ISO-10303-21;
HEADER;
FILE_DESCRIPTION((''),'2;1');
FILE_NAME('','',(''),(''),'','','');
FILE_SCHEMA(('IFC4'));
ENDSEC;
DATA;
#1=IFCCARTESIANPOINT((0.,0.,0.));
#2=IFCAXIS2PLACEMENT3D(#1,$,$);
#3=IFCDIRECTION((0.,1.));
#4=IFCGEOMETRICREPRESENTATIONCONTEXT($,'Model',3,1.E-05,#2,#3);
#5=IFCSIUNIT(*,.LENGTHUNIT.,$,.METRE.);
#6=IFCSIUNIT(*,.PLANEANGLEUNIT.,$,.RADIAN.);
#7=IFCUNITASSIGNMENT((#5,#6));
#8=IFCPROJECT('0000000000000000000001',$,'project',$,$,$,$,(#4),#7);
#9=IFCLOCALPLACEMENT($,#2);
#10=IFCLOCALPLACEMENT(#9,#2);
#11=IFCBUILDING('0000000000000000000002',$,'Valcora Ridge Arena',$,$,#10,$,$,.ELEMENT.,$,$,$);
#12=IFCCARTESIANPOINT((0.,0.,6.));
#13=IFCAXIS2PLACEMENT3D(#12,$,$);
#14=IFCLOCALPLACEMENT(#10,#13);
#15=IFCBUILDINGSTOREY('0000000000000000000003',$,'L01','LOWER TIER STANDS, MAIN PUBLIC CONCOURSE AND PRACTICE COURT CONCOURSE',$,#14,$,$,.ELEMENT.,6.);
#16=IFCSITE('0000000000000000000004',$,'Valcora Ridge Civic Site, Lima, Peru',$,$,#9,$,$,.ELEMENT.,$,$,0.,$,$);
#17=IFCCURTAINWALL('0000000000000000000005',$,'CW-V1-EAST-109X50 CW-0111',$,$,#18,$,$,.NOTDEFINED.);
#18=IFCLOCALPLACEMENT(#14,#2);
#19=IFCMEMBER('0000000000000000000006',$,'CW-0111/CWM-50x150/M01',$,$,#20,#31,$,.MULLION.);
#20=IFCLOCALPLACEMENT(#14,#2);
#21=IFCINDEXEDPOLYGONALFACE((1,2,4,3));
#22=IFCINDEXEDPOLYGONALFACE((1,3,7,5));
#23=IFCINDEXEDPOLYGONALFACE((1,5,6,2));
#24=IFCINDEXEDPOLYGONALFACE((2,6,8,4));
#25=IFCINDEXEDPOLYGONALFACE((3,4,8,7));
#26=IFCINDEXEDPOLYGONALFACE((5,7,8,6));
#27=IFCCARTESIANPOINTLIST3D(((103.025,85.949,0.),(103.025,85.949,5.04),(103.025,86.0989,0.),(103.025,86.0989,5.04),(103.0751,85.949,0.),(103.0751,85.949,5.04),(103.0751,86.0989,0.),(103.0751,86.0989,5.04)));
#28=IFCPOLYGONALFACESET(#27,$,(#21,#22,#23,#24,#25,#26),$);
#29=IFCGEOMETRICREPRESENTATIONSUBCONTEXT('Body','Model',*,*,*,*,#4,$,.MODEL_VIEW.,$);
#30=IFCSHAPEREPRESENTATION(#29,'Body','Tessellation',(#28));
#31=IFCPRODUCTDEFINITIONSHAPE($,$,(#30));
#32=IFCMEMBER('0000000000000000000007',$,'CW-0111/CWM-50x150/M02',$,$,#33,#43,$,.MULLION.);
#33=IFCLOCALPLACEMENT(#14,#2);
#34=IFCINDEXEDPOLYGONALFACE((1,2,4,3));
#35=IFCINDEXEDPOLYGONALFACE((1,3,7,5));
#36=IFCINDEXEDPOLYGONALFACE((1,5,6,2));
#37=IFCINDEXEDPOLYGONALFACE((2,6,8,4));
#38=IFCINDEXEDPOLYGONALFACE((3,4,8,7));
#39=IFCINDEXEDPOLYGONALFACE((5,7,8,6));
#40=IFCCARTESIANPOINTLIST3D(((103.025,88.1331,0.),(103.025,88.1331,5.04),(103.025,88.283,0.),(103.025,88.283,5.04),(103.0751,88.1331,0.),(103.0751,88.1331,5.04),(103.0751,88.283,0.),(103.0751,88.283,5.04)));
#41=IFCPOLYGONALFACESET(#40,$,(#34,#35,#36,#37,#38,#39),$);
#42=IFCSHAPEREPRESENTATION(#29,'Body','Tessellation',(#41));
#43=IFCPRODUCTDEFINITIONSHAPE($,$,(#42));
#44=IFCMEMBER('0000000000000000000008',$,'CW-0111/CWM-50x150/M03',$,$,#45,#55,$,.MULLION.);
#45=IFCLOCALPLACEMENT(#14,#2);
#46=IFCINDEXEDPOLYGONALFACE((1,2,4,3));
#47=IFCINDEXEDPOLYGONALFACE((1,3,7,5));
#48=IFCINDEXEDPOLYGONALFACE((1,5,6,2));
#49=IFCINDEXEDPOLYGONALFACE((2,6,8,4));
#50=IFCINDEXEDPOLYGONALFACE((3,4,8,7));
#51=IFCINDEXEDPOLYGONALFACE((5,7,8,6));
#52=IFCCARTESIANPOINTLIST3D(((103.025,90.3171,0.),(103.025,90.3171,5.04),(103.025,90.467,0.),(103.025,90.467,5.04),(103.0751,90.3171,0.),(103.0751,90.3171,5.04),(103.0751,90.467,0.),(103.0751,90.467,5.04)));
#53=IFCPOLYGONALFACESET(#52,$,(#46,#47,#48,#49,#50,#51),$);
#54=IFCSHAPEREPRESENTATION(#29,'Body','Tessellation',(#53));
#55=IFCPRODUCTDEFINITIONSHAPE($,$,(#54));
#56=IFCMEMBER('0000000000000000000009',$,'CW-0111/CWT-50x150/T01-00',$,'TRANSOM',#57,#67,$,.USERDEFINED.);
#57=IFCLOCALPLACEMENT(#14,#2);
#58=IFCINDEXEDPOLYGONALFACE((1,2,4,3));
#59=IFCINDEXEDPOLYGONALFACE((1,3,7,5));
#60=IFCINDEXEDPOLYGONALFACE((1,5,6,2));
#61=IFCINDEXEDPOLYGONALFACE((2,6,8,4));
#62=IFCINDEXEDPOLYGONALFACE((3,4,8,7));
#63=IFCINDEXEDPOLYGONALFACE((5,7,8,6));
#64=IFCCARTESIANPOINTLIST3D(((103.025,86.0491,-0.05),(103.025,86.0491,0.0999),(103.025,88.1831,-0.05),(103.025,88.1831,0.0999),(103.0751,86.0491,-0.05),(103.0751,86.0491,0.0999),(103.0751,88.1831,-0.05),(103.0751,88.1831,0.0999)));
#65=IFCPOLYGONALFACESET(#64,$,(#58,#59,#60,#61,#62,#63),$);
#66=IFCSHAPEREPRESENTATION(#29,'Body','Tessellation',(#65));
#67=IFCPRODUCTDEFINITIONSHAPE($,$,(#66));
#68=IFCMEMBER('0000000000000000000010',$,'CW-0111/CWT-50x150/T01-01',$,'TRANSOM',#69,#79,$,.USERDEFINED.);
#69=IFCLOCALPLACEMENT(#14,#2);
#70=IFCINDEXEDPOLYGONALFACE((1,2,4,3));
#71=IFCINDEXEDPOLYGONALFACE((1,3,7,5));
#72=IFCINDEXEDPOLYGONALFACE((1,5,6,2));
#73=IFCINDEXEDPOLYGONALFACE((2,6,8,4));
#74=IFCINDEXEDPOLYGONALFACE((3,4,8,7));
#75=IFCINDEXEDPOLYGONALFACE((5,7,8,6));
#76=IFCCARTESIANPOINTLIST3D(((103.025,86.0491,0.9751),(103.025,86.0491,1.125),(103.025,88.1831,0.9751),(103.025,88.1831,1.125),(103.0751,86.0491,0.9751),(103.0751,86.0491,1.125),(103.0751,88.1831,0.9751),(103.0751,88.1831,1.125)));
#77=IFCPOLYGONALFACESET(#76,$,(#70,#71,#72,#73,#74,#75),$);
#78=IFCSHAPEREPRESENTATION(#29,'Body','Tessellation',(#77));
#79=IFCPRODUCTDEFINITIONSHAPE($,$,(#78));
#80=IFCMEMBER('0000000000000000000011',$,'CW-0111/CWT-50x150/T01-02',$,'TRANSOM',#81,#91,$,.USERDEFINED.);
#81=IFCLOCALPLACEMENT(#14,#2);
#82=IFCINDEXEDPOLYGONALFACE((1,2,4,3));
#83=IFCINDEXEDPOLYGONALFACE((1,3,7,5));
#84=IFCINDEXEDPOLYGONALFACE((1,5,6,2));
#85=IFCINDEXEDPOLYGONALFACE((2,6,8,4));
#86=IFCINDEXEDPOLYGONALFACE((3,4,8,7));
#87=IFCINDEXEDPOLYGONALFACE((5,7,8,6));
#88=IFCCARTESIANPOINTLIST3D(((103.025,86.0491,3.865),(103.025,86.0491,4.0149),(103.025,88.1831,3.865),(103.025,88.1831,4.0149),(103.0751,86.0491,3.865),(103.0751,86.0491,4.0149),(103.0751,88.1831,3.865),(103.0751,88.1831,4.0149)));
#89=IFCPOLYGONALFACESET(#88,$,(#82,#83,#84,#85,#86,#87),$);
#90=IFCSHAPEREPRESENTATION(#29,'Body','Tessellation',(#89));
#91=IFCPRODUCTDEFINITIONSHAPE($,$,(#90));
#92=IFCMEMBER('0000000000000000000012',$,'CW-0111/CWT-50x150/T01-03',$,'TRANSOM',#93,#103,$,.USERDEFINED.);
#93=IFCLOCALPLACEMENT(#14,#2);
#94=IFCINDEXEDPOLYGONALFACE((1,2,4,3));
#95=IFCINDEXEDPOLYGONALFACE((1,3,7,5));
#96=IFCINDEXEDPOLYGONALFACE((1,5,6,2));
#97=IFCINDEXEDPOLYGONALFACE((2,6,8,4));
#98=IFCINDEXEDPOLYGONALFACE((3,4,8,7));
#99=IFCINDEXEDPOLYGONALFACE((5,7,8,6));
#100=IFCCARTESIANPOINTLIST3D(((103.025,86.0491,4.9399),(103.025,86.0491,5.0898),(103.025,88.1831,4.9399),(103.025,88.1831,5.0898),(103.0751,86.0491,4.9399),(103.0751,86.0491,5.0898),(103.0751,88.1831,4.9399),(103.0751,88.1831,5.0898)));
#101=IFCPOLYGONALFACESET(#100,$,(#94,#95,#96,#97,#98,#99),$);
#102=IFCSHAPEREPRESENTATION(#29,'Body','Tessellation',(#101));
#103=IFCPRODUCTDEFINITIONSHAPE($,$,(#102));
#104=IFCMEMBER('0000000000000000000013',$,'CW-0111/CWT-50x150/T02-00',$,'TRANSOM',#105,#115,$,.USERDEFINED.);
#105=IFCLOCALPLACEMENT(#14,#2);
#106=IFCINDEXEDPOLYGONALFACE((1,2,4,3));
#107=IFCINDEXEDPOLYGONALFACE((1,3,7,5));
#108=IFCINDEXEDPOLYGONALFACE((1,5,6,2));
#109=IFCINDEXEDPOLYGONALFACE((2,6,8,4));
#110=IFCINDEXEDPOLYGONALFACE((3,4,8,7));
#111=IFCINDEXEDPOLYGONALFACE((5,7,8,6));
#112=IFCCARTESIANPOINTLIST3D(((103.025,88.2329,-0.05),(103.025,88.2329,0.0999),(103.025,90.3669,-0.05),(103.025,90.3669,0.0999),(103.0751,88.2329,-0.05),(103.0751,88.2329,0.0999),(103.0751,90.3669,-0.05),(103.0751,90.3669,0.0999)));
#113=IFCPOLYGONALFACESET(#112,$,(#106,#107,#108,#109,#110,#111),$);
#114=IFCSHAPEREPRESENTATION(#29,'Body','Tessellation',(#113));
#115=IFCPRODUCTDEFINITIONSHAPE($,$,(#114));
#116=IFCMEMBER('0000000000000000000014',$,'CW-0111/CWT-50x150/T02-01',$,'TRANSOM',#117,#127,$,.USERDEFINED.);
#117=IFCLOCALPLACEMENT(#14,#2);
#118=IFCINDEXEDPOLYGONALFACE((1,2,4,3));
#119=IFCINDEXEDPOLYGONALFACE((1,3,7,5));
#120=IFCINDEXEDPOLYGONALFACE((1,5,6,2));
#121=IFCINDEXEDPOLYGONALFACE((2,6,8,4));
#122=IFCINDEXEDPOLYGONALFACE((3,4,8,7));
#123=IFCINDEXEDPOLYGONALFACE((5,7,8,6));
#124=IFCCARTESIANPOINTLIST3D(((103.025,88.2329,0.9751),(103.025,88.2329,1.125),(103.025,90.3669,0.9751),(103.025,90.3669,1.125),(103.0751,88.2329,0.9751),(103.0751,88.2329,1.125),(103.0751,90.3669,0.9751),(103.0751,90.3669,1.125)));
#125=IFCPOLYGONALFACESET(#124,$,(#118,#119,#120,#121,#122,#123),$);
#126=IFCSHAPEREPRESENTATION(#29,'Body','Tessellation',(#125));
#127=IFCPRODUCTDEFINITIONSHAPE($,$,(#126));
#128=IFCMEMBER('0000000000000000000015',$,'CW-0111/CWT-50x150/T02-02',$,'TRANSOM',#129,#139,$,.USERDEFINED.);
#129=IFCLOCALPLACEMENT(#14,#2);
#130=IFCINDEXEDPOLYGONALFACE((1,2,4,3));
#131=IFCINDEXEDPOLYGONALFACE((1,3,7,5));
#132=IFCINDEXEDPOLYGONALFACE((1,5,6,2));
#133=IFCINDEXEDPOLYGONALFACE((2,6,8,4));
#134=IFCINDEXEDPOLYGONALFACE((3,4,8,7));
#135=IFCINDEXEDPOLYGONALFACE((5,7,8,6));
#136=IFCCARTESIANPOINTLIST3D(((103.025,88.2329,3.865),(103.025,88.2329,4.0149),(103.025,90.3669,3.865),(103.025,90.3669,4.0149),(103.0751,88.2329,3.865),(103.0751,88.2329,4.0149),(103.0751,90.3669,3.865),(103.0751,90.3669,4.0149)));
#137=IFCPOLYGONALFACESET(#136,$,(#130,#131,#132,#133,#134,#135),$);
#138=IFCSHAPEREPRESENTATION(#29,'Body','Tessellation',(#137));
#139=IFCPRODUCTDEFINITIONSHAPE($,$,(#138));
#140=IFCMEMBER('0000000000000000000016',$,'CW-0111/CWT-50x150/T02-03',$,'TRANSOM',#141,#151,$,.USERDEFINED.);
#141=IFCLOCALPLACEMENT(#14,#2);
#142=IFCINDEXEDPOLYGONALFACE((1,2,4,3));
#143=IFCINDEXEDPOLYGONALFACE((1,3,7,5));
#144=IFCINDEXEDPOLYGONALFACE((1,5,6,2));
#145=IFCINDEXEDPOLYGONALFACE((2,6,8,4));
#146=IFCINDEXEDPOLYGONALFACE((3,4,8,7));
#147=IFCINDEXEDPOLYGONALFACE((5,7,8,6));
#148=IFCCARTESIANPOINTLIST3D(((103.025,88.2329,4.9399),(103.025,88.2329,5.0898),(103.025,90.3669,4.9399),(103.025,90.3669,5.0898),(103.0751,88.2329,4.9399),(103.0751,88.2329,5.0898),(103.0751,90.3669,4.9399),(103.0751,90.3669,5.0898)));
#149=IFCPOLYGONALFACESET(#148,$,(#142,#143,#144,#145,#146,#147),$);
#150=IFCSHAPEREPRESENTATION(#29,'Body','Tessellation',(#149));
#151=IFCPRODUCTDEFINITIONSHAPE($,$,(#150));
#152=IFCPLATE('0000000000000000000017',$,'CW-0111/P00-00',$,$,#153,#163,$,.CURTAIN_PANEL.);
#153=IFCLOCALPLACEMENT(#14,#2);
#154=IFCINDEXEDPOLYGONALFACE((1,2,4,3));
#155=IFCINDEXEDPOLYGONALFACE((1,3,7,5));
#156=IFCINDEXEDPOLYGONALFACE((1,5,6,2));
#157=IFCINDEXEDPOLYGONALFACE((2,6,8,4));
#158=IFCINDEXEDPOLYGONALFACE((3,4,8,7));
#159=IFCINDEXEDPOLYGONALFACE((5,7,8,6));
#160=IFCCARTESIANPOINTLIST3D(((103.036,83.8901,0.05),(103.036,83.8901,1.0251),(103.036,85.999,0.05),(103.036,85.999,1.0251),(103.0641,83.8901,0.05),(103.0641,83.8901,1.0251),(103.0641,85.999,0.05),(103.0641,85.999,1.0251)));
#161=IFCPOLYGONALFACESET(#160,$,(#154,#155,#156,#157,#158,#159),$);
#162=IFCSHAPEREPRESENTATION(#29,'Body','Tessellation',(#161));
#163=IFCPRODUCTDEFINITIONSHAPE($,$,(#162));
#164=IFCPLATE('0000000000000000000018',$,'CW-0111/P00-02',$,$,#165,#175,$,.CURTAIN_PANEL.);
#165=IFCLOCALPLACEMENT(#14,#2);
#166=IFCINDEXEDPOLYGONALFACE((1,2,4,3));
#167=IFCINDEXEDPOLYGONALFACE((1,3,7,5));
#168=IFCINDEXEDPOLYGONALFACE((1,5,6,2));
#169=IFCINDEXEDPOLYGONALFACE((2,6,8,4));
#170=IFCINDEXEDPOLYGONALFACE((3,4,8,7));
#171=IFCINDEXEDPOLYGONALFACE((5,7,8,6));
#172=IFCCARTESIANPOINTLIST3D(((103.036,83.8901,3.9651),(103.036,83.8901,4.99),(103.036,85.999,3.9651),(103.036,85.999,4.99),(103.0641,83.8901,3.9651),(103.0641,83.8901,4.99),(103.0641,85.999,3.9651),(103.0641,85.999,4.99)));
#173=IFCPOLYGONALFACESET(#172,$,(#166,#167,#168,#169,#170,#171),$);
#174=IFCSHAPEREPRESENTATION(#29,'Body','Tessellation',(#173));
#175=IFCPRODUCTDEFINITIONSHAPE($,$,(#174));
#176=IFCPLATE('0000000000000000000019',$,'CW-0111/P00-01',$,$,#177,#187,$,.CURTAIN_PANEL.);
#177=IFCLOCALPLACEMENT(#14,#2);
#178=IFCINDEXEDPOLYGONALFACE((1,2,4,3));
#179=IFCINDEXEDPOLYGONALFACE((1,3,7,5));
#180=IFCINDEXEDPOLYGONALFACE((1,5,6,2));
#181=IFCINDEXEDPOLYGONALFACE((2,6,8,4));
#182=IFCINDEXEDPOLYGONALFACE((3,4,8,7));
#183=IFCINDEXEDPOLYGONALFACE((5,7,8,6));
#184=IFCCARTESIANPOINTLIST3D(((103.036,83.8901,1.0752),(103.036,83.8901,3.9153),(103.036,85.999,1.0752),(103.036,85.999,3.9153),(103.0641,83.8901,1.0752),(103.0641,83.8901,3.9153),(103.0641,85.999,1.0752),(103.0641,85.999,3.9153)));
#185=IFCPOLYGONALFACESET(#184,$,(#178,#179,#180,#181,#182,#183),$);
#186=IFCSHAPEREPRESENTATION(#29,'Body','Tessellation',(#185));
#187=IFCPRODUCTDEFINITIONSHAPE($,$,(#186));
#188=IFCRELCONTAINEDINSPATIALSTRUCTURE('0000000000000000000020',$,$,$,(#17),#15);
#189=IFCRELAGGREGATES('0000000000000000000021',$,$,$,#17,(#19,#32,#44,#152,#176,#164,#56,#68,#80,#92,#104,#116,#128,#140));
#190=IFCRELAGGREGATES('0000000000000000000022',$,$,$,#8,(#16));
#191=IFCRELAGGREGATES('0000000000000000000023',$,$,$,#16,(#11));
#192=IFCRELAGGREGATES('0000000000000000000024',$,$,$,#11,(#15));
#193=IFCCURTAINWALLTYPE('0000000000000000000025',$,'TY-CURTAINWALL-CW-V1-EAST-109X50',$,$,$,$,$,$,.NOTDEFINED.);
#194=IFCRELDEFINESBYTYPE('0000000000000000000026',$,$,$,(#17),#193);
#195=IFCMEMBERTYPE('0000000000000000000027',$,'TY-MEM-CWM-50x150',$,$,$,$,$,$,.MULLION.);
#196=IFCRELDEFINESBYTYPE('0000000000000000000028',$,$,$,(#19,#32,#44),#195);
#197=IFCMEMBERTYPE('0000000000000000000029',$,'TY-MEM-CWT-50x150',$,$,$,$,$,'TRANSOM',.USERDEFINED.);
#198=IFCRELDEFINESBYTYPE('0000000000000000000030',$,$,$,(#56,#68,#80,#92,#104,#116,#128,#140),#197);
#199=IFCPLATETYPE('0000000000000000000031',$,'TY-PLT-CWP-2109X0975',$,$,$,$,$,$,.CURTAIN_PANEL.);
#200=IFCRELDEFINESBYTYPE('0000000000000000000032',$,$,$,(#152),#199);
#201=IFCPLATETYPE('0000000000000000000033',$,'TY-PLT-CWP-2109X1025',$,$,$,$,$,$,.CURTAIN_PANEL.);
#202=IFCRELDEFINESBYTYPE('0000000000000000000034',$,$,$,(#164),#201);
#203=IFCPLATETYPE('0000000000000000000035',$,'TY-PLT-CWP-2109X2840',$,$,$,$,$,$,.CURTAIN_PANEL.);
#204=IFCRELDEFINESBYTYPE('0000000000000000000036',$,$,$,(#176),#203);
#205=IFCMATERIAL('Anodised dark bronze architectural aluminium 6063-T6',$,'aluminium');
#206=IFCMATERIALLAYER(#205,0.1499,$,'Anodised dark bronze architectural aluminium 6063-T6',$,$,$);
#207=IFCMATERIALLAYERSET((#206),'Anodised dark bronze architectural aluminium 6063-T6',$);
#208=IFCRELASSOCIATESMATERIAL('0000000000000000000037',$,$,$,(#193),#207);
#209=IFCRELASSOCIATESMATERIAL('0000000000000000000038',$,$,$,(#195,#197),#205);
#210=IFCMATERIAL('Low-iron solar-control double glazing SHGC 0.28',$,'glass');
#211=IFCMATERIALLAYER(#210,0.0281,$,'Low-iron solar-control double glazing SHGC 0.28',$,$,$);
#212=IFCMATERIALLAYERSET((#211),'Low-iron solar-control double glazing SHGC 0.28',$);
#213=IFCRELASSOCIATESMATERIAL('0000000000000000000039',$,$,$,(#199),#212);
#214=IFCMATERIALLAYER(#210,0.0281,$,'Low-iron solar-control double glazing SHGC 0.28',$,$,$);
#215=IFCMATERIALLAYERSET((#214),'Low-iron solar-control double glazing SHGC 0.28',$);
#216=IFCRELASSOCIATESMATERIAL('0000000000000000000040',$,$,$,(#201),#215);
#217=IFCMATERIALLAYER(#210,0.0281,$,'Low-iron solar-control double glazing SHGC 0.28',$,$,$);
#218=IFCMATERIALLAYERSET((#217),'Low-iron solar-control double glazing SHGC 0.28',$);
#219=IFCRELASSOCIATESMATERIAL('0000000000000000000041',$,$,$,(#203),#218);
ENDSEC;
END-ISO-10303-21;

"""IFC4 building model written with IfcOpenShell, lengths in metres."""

from ifc_helpers import new_model, si_unit, direction, frame, origin, origin_2d, place, context, subcontext, project, spatial, rectangle, extrude, material, layer, layer_set, material_profile, profile_set, type_object, element, aggregate, save


model = new_model("IFC4")

# Units and contexts
model_context = context("Model", 3, precision=1e-05, world=origin(), true_north=direction((0.0, 1.0)))
body_context = subcontext(model_context, "Body", "Model", "MODEL_VIEW")
ifc_project = project(units=[si_unit("LENGTHUNIT", "METRE"), si_unit("PLANEANGLEUNIT", "RADIAN")], contexts=[model_context])

# Site, building, storey
site_placement = place(None, origin())
site = spatial("IfcSite", under=ifc_project, at=site_placement, Name="Valcora Ridge Civic Site, Lima, Peru", CompositionType="ELEMENT", RefElevation=0.0)
building_placement = place(site_placement, origin())
building = spatial("IfcBuilding", under=site, at=building_placement, Name="Valcora Ridge Arena", CompositionType="ELEMENT")
storey_placement = place(building_placement, frame((0.0, 0.0, 6.0)))
storey = spatial("IfcBuildingStorey", under=building, at=storey_placement, Name="L01", Description="LOWER TIER STANDS, MAIN PUBLIC CONCOURSE AND PRACTICE COURT CONCOURSE", CompositionType="ELEMENT", Elevation=6.0)

# Curtain wall, members, plates
ifc_material_1 = material(Name="Anodised dark bronze architectural aluminium 6063-T6", Category="aluminium")
ifc_layer_1 = layer(ifc_material_1, 0.1499, Name="Anodised dark bronze architectural aluminium 6063-T6")
ifc_layer_set_1 = layer_set([ifc_layer_1], Name="Anodised dark bronze architectural aluminium 6063-T6")
curtain_wall_type = type_object("IfcCurtainWallType", Name="TY-CURTAINWALL-CW-V1-EAST-109X50", PredefinedType="NOTDEFINED", material=ifc_layer_set_1)
curtain_wall_placement = place(storey_placement, origin())
curtain_wall = element("IfcCurtainWall", 1, at=curtain_wall_placement, inside=storey, type_object=curtain_wall_type, Name="CW-V1-EAST-109X50 CW-0111", PredefinedType="NOTDEFINED")
ifc_material_profile_1 = material_profile(ifc_material_1, rectangle(XDim=0.05, YDim=0.1499, at=origin_2d()), Name="ALU MULLION 50x150")
ifc_profile_set_1 = profile_set([ifc_material_profile_1], Name="Anodised dark bronze architectural aluminium 6063-T6")
member_type_1 = type_object("IfcMemberType", Name="TY-MEM-CWM-50x150", PredefinedType="MULLION", material=ifc_profile_set_1)
member_1_placement = place(storey_placement, frame((103.05, 86.0239, 0.0), z_axis=(0.0, 0.0, 1.0), x_axis=(-1.0, 0.0, 0.0)))
member_1 = element("IfcMember", 2, at=member_1_placement, type_object=member_type_1, Name="CW-0111/CWM-50x150/M01", PredefinedType="MULLION", context=body_context, shape_type="SweptSolid", body=[
    extrude(rectangle(XDim=0.05, YDim=0.1499, at=origin_2d()), origin(), (0.0, 0.0, 1.0), 5.04),
])
member_2_placement = place(storey_placement, frame((103.05, 88.208, 0.0), z_axis=(0.0, 0.0, 1.0), x_axis=(-1.0, 0.0, 0.0)))
member_2 = element("IfcMember", 3, at=member_2_placement, type_object=member_type_1, Name="CW-0111/CWM-50x150/M02", PredefinedType="MULLION", context=body_context, shape_type="SweptSolid", body=[
    extrude(rectangle(XDim=0.05, YDim=0.1499, at=origin_2d()), origin(), (0.0, 0.0, 1.0), 5.04),
])
member_3_placement = place(storey_placement, frame((103.05, 90.3921, 0.0), z_axis=(0.0, 0.0, 1.0), x_axis=(-1.0, 0.0, 0.0)))
member_3 = element("IfcMember", 4, at=member_3_placement, type_object=member_type_1, Name="CW-0111/CWM-50x150/M03", PredefinedType="MULLION", context=body_context, shape_type="SweptSolid", body=[
    extrude(rectangle(XDim=0.05, YDim=0.1499, at=origin_2d()), origin(), (0.0, 0.0, 1.0), 5.04),
])
ifc_material_profile_2 = material_profile(ifc_material_1, rectangle(XDim=0.05, YDim=0.1499, at=origin_2d()), Name="ALU TRANSOM 50x150")
ifc_profile_set_2 = profile_set([ifc_material_profile_2], Name="Anodised dark bronze architectural aluminium 6063-T6")
member_type_2 = type_object("IfcMemberType", Name="TY-MEM-CWT-50x150", ElementType="TRANSOM", PredefinedType="USERDEFINED", material=ifc_profile_set_2)
member_4_placement = place(storey_placement, frame((103.05, 86.0491, 0.0249), z_axis=(0.0, 1.0, 0.0), x_axis=(-1.0, 0.0, 0.0)))
member_4 = element("IfcMember", 5, at=member_4_placement, type_object=member_type_2, Name="CW-0111/CWT-50x150/T01-00", ObjectType="TRANSOM", PredefinedType="USERDEFINED", context=body_context, shape_type="SweptSolid", body=[
    extrude(rectangle(XDim=0.05, YDim=0.1499, at=origin_2d()), origin(), (0.0, 0.0, 1.0), 2.134),
])
member_5_placement = place(storey_placement, frame((103.05, 86.0491, 1.05), z_axis=(0.0, 1.0, 0.0), x_axis=(-1.0, 0.0, 0.0)))
member_5 = element("IfcMember", 6, at=member_5_placement, type_object=member_type_2, Name="CW-0111/CWT-50x150/T01-01", ObjectType="TRANSOM", PredefinedType="USERDEFINED", context=body_context, shape_type="SweptSolid", body=[
    extrude(rectangle(XDim=0.05, YDim=0.1499, at=origin_2d()), origin(), (0.0, 0.0, 1.0), 2.134),
])
member_6_placement = place(storey_placement, frame((103.05, 86.0491, 3.9399), z_axis=(0.0, 1.0, 0.0), x_axis=(-1.0, 0.0, 0.0)))
member_6 = element("IfcMember", 7, at=member_6_placement, type_object=member_type_2, Name="CW-0111/CWT-50x150/T01-02", ObjectType="TRANSOM", PredefinedType="USERDEFINED", context=body_context, shape_type="SweptSolid", body=[
    extrude(rectangle(XDim=0.05, YDim=0.1499, at=origin_2d()), origin(), (0.0, 0.0, 1.0), 2.134),
])
member_7_placement = place(storey_placement, frame((103.05, 86.0491, 5.0149), z_axis=(0.0, 1.0, 0.0), x_axis=(-1.0, 0.0, 0.0)))
member_7 = element("IfcMember", 8, at=member_7_placement, type_object=member_type_2, Name="CW-0111/CWT-50x150/T01-03", ObjectType="TRANSOM", PredefinedType="USERDEFINED", context=body_context, shape_type="SweptSolid", body=[
    extrude(rectangle(XDim=0.05, YDim=0.1499, at=origin_2d()), origin(), (0.0, 0.0, 1.0), 2.134),
])
member_8_placement = place(storey_placement, frame((103.05, 88.2329, 0.0249), z_axis=(0.0, 1.0, 0.0), x_axis=(-1.0, 0.0, 0.0)))
member_8 = element("IfcMember", 9, at=member_8_placement, type_object=member_type_2, Name="CW-0111/CWT-50x150/T02-00", ObjectType="TRANSOM", PredefinedType="USERDEFINED", context=body_context, shape_type="SweptSolid", body=[
    extrude(rectangle(XDim=0.05, YDim=0.1499, at=origin_2d()), origin(), (0.0, 0.0, 1.0), 2.134),
])
member_9_placement = place(storey_placement, frame((103.05, 88.2329, 1.05), z_axis=(0.0, 1.0, 0.0), x_axis=(-1.0, 0.0, 0.0)))
member_9 = element("IfcMember", 10, at=member_9_placement, type_object=member_type_2, Name="CW-0111/CWT-50x150/T02-01", ObjectType="TRANSOM", PredefinedType="USERDEFINED", context=body_context, shape_type="SweptSolid", body=[
    extrude(rectangle(XDim=0.05, YDim=0.1499, at=origin_2d()), origin(), (0.0, 0.0, 1.0), 2.134),
])
member_10_placement = place(storey_placement, frame((103.05, 88.2329, 3.9399), z_axis=(0.0, 1.0, 0.0), x_axis=(-1.0, 0.0, 0.0)))
member_10 = element("IfcMember", 11, at=member_10_placement, type_object=member_type_2, Name="CW-0111/CWT-50x150/T02-02", ObjectType="TRANSOM", PredefinedType="USERDEFINED", context=body_context, shape_type="SweptSolid", body=[
    extrude(rectangle(XDim=0.05, YDim=0.1499, at=origin_2d()), origin(), (0.0, 0.0, 1.0), 2.134),
])
member_11_placement = place(storey_placement, frame((103.05, 88.2329, 5.0149), z_axis=(0.0, 1.0, 0.0), x_axis=(-1.0, 0.0, 0.0)))
member_11 = element("IfcMember", 12, at=member_11_placement, type_object=member_type_2, Name="CW-0111/CWT-50x150/T02-03", ObjectType="TRANSOM", PredefinedType="USERDEFINED", context=body_context, shape_type="SweptSolid", body=[
    extrude(rectangle(XDim=0.05, YDim=0.1499, at=origin_2d()), origin(), (0.0, 0.0, 1.0), 2.134),
])
ifc_material_2 = material(Name="Low-iron solar-control double glazing SHGC 0.28", Category="glass")
ifc_layer_2 = layer(ifc_material_2, 0.0281, Name="Low-iron solar-control double glazing SHGC 0.28")
ifc_layer_set_2 = layer_set([ifc_layer_2], Name="Low-iron solar-control double glazing SHGC 0.28")
plate_type_1 = type_object("IfcPlateType", Name="TY-PLT-CWP-2109X0975", PredefinedType="CURTAIN_PANEL", material=ifc_layer_set_2)
plate_1_placement = place(storey_placement, frame((103.05, 84.9446, 0.05), z_axis=(0.0, 0.0, 1.0), x_axis=(0.0, 1.0, 0.0)))
plate_1 = element("IfcPlate", 13, at=plate_1_placement, type_object=plate_type_1, Name="CW-0111/P00-00", PredefinedType="CURTAIN_PANEL", context=body_context, shape_type="SweptSolid", body=[
    extrude(rectangle(XDim=2.1089, YDim=0.0281, at=origin_2d()), origin(), (0.0, 0.0, 1.0), 0.9751),
])
ifc_layer_3 = layer(ifc_material_2, 0.0281, Name="Low-iron solar-control double glazing SHGC 0.28")
ifc_layer_set_3 = layer_set([ifc_layer_3], Name="Low-iron solar-control double glazing SHGC 0.28")
plate_type_2 = type_object("IfcPlateType", Name="TY-PLT-CWP-2109X1025", PredefinedType="CURTAIN_PANEL", material=ifc_layer_set_3)
plate_2_placement = place(storey_placement, frame((103.05, 84.9446, 3.9651), z_axis=(0.0, 0.0, 1.0), x_axis=(0.0, 1.0, 0.0)))
plate_2 = element("IfcPlate", 14, at=plate_2_placement, type_object=plate_type_2, Name="CW-0111/P00-02", PredefinedType="CURTAIN_PANEL", context=body_context, shape_type="SweptSolid", body=[
    extrude(rectangle(XDim=2.1089, YDim=0.0281, at=origin_2d()), origin(), (0.0, 0.0, 1.0), 1.0249),
])
ifc_layer_4 = layer(ifc_material_2, 0.0281, Name="Low-iron solar-control double glazing SHGC 0.28")
ifc_layer_set_4 = layer_set([ifc_layer_4], Name="Low-iron solar-control double glazing SHGC 0.28")
plate_type_3 = type_object("IfcPlateType", Name="TY-PLT-CWP-2109X2840", PredefinedType="CURTAIN_PANEL", material=ifc_layer_set_4)
plate_3_placement = place(storey_placement, frame((103.05, 84.9446, 1.0752), z_axis=(0.0, 0.0, 1.0), x_axis=(0.0, 1.0, 0.0)))
plate_3 = element("IfcPlate", 15, at=plate_3_placement, type_object=plate_type_3, Name="CW-0111/P00-01", PredefinedType="CURTAIN_PANEL", context=body_context, shape_type="SweptSolid", body=[
    extrude(rectangle(XDim=2.1089, YDim=0.0281, at=origin_2d()), origin(), (0.0, 0.0, 1.0), 2.8401),
])
aggregate(curtain_wall, [member_1, member_2, member_3, plate_1, plate_3, plate_2, member_4, member_5, member_6, member_7, member_8, member_9, member_10, member_11])

save(model, "model.ifc")
